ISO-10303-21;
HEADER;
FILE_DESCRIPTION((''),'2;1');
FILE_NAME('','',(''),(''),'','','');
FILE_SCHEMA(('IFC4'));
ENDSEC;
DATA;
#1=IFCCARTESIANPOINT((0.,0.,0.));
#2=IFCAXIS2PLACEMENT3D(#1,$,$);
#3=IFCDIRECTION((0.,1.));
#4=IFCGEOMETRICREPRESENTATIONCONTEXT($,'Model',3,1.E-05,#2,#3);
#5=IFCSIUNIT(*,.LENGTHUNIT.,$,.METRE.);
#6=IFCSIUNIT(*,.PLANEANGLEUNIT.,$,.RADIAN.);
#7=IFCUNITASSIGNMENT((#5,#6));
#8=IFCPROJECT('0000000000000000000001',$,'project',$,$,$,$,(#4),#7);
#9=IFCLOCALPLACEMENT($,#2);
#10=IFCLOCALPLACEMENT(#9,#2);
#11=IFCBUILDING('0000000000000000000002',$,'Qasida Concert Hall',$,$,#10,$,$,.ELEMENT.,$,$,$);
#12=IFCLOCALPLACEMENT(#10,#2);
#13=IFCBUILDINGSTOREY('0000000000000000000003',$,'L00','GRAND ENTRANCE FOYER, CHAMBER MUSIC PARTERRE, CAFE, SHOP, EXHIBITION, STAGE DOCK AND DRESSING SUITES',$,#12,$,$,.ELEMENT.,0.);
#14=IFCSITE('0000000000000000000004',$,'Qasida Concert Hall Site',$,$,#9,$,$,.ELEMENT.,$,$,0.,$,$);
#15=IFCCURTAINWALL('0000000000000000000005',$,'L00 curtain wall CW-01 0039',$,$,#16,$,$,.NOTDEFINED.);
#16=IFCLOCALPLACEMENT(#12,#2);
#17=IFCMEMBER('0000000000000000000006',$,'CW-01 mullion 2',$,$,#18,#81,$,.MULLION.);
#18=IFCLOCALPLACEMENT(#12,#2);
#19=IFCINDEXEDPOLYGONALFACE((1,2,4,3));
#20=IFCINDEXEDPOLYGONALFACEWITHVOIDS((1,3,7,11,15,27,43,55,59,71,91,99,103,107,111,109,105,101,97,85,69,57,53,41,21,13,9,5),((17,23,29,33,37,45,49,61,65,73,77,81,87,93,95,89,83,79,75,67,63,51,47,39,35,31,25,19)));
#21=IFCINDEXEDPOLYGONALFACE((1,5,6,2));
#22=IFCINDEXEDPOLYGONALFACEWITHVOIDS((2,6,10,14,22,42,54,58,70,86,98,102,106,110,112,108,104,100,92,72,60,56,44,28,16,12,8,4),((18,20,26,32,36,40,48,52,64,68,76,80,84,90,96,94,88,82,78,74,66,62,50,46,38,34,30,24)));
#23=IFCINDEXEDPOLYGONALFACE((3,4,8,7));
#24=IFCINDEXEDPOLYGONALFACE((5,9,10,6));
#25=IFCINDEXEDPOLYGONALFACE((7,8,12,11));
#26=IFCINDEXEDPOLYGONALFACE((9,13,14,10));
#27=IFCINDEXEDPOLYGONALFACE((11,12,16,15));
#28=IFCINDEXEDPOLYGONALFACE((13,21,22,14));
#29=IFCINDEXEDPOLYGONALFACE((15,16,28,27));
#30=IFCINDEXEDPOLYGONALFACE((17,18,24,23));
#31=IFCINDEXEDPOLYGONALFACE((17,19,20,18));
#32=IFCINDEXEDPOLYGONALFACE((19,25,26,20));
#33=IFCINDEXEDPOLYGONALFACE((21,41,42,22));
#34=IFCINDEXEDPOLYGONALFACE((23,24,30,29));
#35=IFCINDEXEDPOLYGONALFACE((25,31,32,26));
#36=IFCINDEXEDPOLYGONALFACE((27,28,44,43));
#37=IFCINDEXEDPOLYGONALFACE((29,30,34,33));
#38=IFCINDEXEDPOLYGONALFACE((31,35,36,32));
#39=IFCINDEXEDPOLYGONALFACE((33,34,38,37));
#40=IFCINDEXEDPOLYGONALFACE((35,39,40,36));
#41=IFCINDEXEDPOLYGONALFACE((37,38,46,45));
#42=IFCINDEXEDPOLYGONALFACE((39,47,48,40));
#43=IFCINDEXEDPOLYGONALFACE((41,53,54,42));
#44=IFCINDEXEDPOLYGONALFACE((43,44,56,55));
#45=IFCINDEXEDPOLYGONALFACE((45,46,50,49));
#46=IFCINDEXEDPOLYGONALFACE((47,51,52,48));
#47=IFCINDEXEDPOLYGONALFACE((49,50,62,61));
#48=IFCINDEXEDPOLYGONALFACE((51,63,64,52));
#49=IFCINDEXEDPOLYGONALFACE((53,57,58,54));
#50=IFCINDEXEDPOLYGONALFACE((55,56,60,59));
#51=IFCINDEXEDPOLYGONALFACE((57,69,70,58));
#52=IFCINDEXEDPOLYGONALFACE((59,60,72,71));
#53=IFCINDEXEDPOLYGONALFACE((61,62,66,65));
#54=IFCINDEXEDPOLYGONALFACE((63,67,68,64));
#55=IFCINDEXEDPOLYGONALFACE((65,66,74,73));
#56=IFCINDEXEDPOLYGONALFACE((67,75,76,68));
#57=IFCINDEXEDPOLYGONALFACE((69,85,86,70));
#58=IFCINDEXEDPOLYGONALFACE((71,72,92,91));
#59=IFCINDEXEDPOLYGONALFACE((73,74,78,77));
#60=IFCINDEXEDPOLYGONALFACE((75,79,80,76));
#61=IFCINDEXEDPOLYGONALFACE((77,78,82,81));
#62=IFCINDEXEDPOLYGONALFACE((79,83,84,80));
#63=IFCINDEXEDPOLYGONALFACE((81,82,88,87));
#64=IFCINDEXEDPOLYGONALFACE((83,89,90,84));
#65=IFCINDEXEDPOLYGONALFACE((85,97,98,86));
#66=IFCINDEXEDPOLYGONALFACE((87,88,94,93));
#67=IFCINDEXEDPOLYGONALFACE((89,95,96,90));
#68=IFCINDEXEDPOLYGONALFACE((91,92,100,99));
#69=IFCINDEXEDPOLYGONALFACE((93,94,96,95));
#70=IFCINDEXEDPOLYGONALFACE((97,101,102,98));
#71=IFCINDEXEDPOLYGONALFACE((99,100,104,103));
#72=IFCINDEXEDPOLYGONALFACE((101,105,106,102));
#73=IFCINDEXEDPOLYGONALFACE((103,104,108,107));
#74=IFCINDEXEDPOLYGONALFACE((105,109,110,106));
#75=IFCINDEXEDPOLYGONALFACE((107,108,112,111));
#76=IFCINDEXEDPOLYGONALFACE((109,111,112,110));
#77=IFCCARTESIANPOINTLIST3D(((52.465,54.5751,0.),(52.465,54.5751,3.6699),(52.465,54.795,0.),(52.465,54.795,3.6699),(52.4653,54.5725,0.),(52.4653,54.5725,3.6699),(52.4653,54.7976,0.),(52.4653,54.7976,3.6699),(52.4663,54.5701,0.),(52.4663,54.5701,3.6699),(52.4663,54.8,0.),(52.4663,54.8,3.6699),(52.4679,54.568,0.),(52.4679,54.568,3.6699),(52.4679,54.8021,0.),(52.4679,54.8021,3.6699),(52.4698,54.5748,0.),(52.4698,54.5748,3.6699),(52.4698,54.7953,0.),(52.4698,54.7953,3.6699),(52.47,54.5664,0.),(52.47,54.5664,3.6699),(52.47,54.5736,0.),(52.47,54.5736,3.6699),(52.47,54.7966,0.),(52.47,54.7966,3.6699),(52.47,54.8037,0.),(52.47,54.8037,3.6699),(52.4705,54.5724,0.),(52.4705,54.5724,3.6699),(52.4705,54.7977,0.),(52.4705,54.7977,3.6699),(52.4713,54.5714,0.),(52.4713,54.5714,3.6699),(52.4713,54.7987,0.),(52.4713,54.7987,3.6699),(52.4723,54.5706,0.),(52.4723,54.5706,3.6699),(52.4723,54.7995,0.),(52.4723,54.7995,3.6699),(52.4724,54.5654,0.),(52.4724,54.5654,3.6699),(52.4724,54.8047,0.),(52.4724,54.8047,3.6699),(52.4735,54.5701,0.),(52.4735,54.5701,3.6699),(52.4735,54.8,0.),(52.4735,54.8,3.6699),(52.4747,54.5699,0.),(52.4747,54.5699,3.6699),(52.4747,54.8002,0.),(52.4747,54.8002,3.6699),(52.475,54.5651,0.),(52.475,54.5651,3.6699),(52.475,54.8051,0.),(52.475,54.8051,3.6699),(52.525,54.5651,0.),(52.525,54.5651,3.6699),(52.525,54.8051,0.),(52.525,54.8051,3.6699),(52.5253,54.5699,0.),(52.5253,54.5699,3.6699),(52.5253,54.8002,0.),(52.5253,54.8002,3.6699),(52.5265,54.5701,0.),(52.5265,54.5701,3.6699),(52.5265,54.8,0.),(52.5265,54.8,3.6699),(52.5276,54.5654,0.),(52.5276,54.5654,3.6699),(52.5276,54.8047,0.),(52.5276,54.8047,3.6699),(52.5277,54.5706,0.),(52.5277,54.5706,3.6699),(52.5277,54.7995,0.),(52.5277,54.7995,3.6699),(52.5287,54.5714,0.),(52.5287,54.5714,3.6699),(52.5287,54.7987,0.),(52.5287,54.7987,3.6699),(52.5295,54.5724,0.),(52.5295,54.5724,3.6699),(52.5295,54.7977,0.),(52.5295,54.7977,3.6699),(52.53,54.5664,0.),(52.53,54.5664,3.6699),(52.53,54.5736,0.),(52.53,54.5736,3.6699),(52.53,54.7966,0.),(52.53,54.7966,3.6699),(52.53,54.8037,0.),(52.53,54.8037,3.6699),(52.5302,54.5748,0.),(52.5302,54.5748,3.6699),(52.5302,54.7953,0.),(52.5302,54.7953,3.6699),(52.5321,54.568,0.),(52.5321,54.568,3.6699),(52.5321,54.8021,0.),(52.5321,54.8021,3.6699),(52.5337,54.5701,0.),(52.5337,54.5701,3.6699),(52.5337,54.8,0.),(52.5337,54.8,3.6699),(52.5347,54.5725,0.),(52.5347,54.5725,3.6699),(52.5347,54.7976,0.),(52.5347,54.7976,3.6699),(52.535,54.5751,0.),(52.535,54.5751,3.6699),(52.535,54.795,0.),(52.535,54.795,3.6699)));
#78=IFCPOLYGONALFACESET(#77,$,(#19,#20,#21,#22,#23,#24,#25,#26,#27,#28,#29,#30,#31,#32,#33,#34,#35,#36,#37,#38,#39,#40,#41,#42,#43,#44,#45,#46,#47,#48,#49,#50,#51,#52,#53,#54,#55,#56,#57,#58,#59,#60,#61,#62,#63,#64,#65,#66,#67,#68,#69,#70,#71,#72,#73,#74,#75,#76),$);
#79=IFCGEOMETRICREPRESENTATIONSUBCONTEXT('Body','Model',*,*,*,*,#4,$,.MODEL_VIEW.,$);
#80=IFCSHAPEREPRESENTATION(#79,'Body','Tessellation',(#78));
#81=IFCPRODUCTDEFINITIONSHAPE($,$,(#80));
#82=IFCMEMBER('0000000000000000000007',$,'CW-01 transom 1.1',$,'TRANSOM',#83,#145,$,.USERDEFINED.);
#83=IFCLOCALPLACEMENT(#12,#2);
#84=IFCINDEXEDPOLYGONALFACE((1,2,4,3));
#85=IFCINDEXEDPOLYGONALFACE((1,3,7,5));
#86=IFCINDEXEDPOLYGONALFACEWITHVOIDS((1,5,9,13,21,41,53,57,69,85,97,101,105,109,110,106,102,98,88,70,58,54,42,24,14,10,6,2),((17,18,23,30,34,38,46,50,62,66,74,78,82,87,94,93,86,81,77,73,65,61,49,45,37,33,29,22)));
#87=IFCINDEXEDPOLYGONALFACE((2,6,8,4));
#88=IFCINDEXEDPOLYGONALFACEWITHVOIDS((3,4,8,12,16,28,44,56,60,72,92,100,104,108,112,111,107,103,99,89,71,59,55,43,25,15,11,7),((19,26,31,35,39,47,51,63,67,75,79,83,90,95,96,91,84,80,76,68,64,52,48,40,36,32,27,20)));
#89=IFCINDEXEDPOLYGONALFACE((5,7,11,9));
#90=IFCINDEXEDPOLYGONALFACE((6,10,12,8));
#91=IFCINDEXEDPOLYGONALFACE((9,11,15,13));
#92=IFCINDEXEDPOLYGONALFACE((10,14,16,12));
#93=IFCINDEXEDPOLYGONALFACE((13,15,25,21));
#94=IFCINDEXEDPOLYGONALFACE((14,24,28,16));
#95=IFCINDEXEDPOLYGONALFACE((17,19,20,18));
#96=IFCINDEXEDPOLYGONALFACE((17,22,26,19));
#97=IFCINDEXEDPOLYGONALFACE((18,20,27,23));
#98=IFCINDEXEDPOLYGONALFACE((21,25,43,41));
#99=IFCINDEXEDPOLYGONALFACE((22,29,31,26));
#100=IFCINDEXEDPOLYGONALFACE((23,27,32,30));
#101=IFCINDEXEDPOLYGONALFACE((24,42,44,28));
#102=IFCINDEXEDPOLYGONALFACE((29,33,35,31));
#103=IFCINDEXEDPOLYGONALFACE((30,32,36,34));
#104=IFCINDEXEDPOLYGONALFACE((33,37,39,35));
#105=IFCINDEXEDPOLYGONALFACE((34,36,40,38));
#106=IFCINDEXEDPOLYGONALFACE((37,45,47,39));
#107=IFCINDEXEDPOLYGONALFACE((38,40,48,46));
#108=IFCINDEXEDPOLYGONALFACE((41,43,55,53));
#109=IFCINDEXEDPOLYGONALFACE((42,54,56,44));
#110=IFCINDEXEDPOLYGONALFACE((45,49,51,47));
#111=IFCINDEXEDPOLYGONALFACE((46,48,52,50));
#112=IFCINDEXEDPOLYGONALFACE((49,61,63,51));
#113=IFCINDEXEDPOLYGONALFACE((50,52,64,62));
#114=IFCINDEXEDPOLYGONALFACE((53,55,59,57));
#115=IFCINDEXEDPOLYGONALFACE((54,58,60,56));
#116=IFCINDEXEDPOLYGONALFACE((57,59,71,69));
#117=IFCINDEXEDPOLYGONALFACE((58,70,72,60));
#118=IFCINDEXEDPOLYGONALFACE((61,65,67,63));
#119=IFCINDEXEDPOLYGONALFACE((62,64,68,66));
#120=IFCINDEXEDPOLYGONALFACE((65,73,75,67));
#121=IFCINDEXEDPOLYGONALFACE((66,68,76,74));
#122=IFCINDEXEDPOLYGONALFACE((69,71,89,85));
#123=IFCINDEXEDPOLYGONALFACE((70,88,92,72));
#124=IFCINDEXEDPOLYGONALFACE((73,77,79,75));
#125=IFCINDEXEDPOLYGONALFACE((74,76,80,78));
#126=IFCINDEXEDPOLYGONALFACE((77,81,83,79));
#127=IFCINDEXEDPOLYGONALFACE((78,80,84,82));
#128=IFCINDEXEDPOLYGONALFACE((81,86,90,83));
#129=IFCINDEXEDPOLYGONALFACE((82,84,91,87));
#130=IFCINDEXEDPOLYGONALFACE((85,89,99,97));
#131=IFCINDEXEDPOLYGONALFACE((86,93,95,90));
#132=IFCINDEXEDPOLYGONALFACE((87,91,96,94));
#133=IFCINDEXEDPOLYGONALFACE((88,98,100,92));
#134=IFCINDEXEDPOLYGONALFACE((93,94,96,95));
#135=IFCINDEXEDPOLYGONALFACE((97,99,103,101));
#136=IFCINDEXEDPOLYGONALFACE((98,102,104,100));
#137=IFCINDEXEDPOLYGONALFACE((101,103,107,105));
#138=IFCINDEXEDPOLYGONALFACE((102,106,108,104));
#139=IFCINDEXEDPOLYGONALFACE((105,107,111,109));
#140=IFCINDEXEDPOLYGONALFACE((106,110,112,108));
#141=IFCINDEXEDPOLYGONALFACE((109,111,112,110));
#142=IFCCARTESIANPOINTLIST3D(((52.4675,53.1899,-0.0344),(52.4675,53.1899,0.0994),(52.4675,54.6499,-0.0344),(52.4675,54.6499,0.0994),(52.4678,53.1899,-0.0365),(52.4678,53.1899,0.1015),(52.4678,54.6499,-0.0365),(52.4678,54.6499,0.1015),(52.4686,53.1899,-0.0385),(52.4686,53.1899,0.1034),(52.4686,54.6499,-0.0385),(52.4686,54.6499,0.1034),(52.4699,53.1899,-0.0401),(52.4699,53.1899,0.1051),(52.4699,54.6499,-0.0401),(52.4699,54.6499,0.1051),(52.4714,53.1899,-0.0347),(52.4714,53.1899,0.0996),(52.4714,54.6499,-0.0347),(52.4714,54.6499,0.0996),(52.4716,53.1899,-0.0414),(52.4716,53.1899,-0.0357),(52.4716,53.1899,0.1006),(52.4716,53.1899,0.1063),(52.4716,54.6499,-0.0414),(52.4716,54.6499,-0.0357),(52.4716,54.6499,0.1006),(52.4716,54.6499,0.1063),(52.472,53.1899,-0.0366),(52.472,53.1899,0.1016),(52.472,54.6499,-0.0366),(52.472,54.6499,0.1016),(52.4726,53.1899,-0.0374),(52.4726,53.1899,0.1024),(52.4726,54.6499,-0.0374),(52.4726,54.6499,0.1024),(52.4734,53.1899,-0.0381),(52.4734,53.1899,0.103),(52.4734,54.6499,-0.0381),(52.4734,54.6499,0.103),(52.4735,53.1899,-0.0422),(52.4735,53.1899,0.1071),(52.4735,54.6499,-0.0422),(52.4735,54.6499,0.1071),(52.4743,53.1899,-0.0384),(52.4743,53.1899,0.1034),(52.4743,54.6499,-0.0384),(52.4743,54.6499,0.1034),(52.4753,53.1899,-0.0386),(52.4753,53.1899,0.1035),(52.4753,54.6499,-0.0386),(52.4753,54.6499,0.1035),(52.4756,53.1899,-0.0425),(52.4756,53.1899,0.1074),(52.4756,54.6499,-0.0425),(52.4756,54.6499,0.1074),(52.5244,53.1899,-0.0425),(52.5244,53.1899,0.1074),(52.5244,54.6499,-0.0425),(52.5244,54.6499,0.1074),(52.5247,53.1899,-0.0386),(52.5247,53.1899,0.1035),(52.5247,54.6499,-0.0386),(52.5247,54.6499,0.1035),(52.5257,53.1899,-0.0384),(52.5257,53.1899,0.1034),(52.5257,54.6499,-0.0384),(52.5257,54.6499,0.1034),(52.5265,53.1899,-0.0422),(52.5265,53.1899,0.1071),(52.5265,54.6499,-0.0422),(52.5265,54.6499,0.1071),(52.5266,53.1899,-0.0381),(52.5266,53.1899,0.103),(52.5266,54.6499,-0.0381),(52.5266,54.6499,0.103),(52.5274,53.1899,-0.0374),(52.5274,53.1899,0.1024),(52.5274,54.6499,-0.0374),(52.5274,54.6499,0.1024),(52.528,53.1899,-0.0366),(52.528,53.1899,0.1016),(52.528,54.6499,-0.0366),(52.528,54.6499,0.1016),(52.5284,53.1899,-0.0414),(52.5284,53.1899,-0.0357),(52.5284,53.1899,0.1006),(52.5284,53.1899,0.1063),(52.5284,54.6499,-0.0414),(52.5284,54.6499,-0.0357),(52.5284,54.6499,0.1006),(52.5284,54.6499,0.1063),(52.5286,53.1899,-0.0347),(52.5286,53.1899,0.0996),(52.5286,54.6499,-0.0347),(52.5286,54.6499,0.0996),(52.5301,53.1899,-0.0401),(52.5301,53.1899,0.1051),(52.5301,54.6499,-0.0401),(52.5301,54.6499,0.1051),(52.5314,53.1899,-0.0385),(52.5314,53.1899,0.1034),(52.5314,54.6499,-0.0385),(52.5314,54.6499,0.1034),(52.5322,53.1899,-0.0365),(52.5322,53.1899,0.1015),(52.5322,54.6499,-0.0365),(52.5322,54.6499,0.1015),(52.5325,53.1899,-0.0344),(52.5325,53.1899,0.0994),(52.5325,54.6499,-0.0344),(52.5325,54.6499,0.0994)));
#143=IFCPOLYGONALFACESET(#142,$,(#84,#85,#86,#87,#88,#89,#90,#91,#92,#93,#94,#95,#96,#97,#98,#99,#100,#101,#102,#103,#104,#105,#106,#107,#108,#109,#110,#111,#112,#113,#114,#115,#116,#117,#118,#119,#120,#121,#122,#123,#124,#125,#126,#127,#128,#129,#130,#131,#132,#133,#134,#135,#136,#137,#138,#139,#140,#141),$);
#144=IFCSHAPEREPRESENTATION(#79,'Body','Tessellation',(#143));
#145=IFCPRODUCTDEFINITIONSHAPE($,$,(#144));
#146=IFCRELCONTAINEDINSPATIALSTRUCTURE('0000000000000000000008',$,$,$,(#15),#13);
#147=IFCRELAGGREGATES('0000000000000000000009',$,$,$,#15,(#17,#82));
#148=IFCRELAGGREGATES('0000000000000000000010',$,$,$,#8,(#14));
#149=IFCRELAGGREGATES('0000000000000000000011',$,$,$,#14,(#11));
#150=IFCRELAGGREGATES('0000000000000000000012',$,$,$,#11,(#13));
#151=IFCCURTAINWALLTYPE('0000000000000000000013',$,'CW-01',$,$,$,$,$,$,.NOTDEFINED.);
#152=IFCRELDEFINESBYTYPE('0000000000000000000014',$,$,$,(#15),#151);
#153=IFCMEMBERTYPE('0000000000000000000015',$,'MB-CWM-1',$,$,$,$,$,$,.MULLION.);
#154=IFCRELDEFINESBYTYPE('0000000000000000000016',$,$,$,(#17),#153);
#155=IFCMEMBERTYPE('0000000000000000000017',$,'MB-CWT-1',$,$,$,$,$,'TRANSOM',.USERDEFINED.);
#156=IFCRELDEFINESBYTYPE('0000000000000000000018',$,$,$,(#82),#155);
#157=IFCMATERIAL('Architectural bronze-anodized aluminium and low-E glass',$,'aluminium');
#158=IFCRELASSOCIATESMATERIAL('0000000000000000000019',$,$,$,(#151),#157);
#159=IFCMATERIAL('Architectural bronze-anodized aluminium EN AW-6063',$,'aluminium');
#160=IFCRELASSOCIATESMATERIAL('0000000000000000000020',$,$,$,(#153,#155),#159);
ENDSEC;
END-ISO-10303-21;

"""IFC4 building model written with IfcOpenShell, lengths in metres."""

from ifc_helpers import new_model, si_unit, direction, frame, origin, origin_2d, place, context, subcontext, project, spatial, hollow_rectangle, extrude, material, material_profile, profile_set, type_object, element, aggregate, save


model = new_model("IFC4")

# Units and contexts
model_context = context("Model", 3, precision=1e-05, world=origin(), true_north=direction((0.0, 1.0)))
body_context = subcontext(model_context, "Body", "Model", "MODEL_VIEW")
ifc_project = project(units=[si_unit("LENGTHUNIT", "METRE"), si_unit("PLANEANGLEUNIT", "RADIAN")], contexts=[model_context])

# Site, building, storey
site_placement = place(None, origin())
site = spatial("IfcSite", under=ifc_project, at=site_placement, Name="Qasida Concert Hall Site", CompositionType="ELEMENT", RefElevation=0.0)
building_placement = place(site_placement, origin())
building = spatial("IfcBuilding", under=site, at=building_placement, Name="Qasida Concert Hall", CompositionType="ELEMENT")
storey_placement = place(building_placement, origin())
storey = spatial("IfcBuildingStorey", under=building, at=storey_placement, Name="L00", Description="GRAND ENTRANCE FOYER, CHAMBER MUSIC PARTERRE, CAFE, SHOP, EXHIBITION, STAGE DOCK AND DRESSING SUITES", CompositionType="ELEMENT", Elevation=0.0)

# Curtain wall, members
ifc_material_1 = material(Name="Architectural bronze-anodized aluminium and low-E glass", Category="aluminium")
curtain_wall_type = type_object("IfcCurtainWallType", Name="CW-01", PredefinedType="NOTDEFINED", material=ifc_material_1)
curtain_wall_placement = place(storey_placement, origin())
curtain_wall = element("IfcCurtainWall", 1, at=curtain_wall_placement, inside=storey, type_object=curtain_wall_type, Name="L00 curtain wall CW-01 0039", PredefinedType="NOTDEFINED")
ifc_material_2 = material(Name="Architectural bronze-anodized aluminium EN AW-6063", Category="aluminium")
ifc_material_profile_1 = material_profile(ifc_material_2, hollow_rectangle(XDim=0.0701, YDim=0.24, WallThickness=0.0049, InnerFilletRadius=0.0049, OuterFilletRadius=0.01, at=origin_2d()), Name="CWM 240x70x5")
ifc_profile_set_1 = profile_set([ifc_material_profile_1], Name="Architectural bronze-anodized aluminium EN AW-6063")
member_type_1 = type_object("IfcMemberType", Name="MB-CWM-1", PredefinedType="MULLION", material=ifc_profile_set_1)
member_1_placement = place(storey_placement, frame((52.5, 54.6851, 0.0), z_axis=(0.0, 0.0, 1.0), x_axis=(-1.0, 0.0, 0.0)))
member_1 = element("IfcMember", 2, at=member_1_placement, type_object=member_type_1, Name="CW-01 mullion 2", PredefinedType="MULLION", context=body_context, shape_type="SweptSolid", body=[
    extrude(hollow_rectangle(XDim=0.0701, YDim=0.24, WallThickness=0.0049, InnerFilletRadius=0.0049, OuterFilletRadius=0.01, at=origin_2d()), origin(), (0.0, 0.0, 1.0), 3.6699),
])
ifc_material_profile_2 = material_profile(ifc_material_2, hollow_rectangle(XDim=0.0649, YDim=0.1499, WallThickness=0.0039, InnerFilletRadius=0.0039, OuterFilletRadius=0.0081, at=origin_2d()), Name="CWT 150x65x4")
ifc_profile_set_2 = profile_set([ifc_material_profile_2], Name="Architectural bronze-anodized aluminium EN AW-6063")
member_type_2 = type_object("IfcMemberType", Name="MB-CWT-1", ElementType="TRANSOM", PredefinedType="USERDEFINED", material=ifc_profile_set_2)
member_2_placement = place(storey_placement, frame((52.5, 53.1899, 0.0325), z_axis=(0.0, 1.0, 0.0), x_axis=(-1.0, 0.0, 0.0)))
member_2 = element("IfcMember", 3, at=member_2_placement, type_object=member_type_2, Name="CW-01 transom 1.1", ObjectType="TRANSOM", PredefinedType="USERDEFINED", context=body_context, shape_type="SweptSolid", body=[
    extrude(hollow_rectangle(XDim=0.0649, YDim=0.1499, WallThickness=0.0039, InnerFilletRadius=0.0039, OuterFilletRadius=0.0081, at=origin_2d()), origin(), (0.0, 0.0, 1.0), 1.46),
])
aggregate(curtain_wall, [member_1, member_2])

save(model, "model.ifc")
